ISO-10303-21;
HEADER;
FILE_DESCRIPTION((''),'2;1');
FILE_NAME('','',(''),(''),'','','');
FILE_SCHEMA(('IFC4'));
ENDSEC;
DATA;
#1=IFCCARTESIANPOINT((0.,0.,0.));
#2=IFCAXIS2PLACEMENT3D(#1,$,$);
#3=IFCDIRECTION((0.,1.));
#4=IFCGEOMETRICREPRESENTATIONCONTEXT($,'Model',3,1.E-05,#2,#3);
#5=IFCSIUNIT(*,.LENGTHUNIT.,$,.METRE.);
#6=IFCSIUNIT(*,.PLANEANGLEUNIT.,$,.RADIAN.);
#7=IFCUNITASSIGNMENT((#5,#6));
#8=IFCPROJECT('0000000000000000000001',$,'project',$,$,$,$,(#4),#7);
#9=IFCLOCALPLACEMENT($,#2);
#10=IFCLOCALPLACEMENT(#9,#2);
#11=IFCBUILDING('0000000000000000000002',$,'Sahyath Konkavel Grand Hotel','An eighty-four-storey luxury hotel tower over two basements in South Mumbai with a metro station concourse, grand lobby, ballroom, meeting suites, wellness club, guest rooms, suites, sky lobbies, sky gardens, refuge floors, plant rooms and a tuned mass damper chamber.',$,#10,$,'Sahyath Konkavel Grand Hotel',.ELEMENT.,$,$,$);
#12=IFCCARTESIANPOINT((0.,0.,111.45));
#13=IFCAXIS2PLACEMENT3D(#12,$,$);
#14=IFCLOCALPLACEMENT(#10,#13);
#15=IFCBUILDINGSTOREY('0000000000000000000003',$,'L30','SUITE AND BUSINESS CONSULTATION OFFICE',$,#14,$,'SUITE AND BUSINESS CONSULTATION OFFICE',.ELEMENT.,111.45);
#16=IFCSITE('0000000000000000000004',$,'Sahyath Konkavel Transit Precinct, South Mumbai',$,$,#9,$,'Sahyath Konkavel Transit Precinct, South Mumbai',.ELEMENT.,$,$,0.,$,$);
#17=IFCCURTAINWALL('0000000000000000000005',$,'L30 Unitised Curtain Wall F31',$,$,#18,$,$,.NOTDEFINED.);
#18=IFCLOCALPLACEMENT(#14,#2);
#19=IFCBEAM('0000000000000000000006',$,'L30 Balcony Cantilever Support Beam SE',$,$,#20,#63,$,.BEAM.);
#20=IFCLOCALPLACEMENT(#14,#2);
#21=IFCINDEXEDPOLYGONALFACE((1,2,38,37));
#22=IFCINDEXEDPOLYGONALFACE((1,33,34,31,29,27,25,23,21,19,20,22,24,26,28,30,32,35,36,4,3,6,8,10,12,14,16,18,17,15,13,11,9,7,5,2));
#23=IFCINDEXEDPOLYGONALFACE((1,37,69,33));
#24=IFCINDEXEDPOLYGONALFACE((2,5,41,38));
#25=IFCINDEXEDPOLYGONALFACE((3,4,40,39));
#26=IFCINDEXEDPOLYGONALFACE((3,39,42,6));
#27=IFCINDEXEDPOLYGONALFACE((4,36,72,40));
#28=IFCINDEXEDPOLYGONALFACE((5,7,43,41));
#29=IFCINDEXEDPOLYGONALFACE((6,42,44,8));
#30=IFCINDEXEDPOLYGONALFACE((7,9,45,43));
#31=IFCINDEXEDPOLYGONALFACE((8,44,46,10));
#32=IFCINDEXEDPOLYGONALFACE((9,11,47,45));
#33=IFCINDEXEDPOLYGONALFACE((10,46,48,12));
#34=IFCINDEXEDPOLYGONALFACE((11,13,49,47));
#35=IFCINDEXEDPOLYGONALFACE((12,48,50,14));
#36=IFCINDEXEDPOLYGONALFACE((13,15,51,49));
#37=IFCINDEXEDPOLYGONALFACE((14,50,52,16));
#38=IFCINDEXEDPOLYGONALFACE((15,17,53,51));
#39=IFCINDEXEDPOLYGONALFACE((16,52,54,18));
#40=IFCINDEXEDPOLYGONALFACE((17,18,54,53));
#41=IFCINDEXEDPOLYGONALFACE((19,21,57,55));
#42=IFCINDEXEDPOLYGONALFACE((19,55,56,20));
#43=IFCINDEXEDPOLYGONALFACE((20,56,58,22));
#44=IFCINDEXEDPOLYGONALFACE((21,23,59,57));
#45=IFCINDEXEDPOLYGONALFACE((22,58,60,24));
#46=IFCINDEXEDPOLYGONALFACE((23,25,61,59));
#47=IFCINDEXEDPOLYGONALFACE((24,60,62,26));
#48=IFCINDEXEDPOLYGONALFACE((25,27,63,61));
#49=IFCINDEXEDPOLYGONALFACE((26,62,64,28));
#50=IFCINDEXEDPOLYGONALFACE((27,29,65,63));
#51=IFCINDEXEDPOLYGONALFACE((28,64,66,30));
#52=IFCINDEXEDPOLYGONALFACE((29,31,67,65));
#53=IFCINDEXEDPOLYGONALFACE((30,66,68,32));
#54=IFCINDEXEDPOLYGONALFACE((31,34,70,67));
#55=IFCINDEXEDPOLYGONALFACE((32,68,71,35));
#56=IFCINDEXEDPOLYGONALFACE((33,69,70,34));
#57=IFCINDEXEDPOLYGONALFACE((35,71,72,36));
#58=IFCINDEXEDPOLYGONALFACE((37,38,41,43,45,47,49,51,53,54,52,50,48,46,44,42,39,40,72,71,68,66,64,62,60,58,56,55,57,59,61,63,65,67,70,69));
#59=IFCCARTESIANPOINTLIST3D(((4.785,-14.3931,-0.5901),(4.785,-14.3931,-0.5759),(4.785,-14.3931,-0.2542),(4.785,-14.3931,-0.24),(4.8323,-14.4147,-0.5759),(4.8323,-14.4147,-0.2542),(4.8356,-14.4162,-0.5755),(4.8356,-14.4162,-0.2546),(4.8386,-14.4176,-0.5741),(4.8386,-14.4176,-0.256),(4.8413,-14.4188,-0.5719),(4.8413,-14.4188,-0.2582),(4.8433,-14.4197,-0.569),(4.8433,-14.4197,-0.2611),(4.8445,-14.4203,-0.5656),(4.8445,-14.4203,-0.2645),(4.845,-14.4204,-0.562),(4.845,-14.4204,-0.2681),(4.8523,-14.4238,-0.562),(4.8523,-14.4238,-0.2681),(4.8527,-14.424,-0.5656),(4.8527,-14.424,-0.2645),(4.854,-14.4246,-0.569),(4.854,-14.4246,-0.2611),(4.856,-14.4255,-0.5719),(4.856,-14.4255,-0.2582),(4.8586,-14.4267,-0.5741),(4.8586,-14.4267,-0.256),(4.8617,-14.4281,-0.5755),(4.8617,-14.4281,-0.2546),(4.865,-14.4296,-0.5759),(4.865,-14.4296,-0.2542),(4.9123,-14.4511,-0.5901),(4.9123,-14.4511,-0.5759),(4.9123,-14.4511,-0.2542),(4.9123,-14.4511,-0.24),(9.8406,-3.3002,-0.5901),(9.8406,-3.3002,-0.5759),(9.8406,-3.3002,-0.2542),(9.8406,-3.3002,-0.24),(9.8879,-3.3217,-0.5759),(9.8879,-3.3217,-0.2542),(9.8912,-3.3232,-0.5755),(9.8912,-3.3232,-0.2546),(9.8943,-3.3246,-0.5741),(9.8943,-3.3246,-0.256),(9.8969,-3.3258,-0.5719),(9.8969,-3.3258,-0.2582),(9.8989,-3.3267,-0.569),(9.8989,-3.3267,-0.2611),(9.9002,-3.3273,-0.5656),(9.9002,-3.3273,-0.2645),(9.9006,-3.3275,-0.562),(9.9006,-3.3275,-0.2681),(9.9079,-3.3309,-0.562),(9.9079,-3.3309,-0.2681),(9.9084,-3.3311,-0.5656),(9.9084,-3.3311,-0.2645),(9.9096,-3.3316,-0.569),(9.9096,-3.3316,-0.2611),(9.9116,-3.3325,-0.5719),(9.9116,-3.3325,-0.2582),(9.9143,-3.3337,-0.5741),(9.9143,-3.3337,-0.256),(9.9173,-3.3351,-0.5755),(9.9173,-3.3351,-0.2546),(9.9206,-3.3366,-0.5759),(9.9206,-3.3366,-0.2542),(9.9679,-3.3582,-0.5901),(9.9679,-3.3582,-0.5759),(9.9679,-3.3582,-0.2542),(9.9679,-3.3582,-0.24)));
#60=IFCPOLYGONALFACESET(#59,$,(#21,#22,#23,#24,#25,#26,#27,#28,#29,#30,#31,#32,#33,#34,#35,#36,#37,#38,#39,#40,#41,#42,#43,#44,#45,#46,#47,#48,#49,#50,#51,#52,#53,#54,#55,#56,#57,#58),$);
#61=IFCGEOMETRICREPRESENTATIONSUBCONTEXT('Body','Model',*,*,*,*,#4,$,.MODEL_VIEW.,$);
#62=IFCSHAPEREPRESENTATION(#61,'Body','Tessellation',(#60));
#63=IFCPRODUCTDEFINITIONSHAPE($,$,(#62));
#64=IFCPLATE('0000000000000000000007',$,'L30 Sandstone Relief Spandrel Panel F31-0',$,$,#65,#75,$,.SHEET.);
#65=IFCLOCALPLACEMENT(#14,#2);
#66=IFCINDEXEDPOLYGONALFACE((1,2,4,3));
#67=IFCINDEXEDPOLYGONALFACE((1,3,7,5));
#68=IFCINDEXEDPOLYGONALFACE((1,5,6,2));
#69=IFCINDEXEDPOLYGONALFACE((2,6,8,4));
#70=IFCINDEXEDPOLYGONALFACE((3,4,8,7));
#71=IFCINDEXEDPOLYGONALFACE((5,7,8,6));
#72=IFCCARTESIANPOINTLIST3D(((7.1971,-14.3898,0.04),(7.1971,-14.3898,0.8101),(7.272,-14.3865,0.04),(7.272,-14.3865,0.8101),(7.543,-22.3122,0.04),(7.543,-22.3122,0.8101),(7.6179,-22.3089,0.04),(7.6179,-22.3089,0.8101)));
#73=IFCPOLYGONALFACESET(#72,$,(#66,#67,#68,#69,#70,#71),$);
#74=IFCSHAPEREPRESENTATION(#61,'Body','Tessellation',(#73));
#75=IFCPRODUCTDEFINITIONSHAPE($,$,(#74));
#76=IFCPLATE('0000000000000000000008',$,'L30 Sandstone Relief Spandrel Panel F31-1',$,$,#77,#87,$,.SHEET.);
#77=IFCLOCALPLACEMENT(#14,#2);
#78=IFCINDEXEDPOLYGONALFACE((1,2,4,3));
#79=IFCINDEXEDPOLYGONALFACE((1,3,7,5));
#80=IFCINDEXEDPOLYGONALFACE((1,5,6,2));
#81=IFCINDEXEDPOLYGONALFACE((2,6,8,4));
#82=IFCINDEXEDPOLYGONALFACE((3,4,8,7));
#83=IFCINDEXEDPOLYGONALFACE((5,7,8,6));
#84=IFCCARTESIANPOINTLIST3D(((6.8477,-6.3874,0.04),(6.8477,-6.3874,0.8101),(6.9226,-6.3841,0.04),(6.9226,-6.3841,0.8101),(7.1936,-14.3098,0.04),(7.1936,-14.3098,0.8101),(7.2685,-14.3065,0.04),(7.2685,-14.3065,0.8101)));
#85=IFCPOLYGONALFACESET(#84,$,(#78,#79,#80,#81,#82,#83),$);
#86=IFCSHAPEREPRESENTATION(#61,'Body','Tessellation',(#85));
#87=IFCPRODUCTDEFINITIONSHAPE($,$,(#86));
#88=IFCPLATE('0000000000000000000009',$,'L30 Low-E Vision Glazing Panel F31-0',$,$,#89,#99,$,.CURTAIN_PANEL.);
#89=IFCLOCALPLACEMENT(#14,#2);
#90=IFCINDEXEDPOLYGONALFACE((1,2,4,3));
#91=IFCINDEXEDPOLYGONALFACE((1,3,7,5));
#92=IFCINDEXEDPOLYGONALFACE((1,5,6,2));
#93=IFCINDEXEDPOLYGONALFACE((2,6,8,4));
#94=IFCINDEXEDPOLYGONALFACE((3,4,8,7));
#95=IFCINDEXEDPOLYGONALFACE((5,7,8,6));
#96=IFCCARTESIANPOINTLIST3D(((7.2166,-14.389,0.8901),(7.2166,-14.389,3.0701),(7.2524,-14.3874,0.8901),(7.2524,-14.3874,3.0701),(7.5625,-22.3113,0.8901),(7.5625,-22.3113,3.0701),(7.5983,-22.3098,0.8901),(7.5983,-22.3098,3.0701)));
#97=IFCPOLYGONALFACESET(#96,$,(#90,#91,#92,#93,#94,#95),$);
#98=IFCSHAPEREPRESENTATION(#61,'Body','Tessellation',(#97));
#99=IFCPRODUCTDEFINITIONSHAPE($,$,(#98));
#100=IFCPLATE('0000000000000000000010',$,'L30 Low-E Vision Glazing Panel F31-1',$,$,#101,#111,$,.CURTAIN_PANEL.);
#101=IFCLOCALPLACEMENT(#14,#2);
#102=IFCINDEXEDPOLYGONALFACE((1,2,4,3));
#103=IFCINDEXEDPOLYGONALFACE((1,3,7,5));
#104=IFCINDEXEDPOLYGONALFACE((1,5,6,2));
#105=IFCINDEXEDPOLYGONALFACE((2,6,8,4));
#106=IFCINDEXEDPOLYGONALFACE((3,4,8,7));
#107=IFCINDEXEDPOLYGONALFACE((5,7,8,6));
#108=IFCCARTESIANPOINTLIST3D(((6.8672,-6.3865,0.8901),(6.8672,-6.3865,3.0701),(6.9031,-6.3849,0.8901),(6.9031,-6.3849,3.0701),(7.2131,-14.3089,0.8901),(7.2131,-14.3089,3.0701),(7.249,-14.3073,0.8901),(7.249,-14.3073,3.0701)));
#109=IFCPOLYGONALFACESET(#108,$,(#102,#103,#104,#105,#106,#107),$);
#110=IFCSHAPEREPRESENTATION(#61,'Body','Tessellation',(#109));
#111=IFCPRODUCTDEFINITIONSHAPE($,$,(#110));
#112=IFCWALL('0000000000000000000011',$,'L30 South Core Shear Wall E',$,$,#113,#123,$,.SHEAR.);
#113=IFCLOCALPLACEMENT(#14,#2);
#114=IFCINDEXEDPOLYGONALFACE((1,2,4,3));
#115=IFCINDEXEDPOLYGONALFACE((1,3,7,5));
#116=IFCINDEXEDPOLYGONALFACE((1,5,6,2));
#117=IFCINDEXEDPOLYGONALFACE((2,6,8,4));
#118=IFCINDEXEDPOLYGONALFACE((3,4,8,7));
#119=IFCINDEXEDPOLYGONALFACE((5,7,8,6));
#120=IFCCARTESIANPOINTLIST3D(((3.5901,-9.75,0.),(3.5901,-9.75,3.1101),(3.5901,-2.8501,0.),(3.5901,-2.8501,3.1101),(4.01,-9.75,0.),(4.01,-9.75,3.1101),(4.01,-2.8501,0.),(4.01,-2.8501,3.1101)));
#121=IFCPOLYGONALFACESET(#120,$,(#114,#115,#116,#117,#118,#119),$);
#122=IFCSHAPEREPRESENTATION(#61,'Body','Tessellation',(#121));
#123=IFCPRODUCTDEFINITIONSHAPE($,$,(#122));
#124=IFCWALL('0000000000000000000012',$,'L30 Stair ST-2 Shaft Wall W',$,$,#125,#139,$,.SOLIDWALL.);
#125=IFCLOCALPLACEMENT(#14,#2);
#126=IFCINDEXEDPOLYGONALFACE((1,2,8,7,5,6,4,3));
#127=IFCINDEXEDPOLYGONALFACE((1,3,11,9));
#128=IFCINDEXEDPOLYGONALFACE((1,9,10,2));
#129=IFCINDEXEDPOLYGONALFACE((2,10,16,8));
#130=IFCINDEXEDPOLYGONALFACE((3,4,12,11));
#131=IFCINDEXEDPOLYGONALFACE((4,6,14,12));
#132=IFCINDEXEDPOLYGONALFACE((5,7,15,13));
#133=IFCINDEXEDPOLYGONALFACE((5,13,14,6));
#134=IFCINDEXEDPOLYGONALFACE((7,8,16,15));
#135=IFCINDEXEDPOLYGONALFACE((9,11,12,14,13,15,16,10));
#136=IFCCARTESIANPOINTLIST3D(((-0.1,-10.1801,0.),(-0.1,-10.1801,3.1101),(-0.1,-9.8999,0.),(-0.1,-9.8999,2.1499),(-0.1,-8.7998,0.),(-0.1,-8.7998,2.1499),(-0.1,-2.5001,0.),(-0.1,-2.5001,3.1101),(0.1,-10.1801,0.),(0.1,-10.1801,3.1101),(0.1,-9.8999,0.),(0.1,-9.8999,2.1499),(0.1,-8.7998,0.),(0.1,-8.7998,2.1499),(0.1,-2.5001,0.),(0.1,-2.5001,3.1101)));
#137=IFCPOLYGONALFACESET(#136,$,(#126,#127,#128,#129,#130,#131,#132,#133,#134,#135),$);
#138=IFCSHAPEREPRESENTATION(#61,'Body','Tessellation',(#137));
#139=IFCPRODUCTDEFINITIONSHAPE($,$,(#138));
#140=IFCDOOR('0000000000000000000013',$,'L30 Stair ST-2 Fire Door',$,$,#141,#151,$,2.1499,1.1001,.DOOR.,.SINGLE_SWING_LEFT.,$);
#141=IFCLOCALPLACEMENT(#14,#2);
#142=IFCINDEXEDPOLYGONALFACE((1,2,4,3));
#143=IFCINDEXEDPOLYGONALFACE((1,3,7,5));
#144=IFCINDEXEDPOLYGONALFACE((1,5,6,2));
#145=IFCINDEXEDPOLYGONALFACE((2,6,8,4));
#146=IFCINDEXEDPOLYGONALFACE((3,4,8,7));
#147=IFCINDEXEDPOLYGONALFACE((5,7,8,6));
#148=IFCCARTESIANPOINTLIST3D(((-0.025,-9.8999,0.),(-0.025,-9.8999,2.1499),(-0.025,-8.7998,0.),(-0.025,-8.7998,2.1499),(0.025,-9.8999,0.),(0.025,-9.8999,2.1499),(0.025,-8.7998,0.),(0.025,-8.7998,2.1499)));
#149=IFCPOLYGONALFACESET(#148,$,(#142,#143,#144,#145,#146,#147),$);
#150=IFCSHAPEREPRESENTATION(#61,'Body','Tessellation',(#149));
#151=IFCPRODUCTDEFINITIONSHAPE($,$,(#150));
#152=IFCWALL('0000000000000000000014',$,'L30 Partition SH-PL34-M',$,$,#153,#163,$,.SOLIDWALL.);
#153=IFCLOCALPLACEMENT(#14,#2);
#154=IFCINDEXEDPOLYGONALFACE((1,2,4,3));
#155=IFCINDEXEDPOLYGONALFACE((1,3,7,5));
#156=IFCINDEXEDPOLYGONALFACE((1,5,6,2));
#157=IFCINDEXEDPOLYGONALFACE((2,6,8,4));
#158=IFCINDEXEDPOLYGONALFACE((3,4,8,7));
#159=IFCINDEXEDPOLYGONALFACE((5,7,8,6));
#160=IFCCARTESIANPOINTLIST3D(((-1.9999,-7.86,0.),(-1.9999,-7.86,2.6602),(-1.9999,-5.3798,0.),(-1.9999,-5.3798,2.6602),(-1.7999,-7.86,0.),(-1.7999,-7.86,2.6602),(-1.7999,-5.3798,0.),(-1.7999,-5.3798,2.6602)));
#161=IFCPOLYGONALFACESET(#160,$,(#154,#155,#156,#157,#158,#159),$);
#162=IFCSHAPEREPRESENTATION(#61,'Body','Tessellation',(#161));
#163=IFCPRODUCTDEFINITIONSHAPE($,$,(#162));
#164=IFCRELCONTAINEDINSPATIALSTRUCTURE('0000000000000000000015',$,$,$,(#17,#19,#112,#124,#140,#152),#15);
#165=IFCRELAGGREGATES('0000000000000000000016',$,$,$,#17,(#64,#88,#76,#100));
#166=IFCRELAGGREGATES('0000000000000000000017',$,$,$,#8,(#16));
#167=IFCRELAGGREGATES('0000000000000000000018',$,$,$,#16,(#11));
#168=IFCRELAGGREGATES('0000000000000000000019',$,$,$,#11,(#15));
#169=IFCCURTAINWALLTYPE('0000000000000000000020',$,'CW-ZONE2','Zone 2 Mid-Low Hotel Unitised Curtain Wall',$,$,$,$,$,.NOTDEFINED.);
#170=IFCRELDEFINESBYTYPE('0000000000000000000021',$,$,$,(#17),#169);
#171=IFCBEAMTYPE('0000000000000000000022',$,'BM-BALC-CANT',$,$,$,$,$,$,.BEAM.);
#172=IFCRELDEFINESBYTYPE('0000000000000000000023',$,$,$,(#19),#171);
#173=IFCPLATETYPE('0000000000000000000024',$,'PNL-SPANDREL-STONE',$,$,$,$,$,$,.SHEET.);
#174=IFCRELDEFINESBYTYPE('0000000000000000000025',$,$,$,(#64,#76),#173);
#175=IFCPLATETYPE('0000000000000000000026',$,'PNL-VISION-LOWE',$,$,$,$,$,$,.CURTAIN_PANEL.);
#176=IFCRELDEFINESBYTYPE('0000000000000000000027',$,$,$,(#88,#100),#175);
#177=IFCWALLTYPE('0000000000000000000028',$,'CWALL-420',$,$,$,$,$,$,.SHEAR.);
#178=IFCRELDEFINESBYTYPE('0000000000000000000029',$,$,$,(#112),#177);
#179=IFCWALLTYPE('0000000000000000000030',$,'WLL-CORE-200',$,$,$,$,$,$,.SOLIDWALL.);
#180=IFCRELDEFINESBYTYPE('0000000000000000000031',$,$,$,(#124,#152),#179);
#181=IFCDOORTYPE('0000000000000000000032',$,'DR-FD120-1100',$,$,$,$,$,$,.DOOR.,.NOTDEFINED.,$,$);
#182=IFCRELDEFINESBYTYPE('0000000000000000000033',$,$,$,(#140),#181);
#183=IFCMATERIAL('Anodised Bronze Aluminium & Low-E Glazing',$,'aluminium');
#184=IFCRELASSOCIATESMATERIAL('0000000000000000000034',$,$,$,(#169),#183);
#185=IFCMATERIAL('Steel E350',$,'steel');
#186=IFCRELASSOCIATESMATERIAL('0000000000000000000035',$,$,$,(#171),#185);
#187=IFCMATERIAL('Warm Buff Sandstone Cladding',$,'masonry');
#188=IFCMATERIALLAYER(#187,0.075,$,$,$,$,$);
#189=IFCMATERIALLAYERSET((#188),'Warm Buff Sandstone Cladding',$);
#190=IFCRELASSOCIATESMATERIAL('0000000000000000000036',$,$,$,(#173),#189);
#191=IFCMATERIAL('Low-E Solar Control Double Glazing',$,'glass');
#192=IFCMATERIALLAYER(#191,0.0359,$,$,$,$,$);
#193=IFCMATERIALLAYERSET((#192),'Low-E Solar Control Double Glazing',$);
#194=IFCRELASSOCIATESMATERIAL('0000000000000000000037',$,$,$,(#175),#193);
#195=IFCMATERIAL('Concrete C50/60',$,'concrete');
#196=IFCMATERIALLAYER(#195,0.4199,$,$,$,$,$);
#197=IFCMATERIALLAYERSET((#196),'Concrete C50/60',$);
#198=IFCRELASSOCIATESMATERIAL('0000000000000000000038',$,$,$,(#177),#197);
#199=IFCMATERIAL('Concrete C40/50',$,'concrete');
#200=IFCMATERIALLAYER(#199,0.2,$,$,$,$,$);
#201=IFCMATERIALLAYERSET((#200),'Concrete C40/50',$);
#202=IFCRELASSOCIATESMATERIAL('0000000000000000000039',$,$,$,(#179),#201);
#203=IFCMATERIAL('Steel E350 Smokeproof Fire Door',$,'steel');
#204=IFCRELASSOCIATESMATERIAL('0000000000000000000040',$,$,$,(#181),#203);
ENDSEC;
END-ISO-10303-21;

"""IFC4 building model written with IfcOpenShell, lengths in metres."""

from ifc_helpers import new_model, si_unit, direction, frame, frame_2d, origin, origin_2d, place, context, subcontext, project, spatial, rectangle, i_section, extrude, source, transform, mapped, material, layer, layer_set, material_profile, profile_set, type_object, element, fill, aggregate, save


model = new_model("IFC4")

# Units and contexts
model_context = context("Model", 3, precision=1e-05, world=origin(), true_north=direction((0.0, 1.0)))
body_context = subcontext(model_context, "Body", "Model", "MODEL_VIEW")
ifc_project = project(units=[si_unit("LENGTHUNIT", "METRE"), si_unit("PLANEANGLEUNIT", "RADIAN")], contexts=[model_context])

# Site, building, storey
site_placement = place(None, origin())
site = spatial("IfcSite", under=ifc_project, at=site_placement, Name="Sahyath Konkavel Transit Precinct, South Mumbai", LongName="Sahyath Konkavel Transit Precinct, South Mumbai", CompositionType="ELEMENT", RefElevation=0.0)
building_placement = place(site_placement, origin())
building = spatial("IfcBuilding", under=site, at=building_placement, Name="Sahyath Konkavel Grand Hotel", Description="An eighty-four-storey luxury hotel tower over two basements in South Mumbai with a metro station concourse, grand lobby, ballroom, meeting suites, wellness club, guest rooms, suites, sky lobbies, sky gardens, refuge floors, plant rooms and a tuned mass damper chamber.", LongName="Sahyath Konkavel Grand Hotel", CompositionType="ELEMENT")
storey_placement = place(building_placement, frame((0.0, 0.0, 111.45)))
storey = spatial("IfcBuildingStorey", under=building, at=storey_placement, Name="L30", Description="SUITE AND BUSINESS CONSULTATION OFFICE", LongName="SUITE AND BUSINESS CONSULTATION OFFICE", CompositionType="ELEMENT", Elevation=111.45)

# Shared definitions
ifc_material_1 = material(Name="Steel E350", Category="steel")

# Curtain wall
ifc_material_2 = material(Name="Anodised Bronze Aluminium & Low-E Glazing", Category="aluminium")
curtain_wall_type = type_object("IfcCurtainWallType", Name="CW-ZONE2", Description="Zone 2 Mid-Low Hotel Unitised Curtain Wall", PredefinedType="NOTDEFINED", material=ifc_material_2)
curtain_wall_placement = place(storey_placement, origin())
curtain_wall = element("IfcCurtainWall", 1, at=curtain_wall_placement, inside=storey, type_object=curtain_wall_type, Name="L30 Unitised Curtain Wall F31", PredefinedType="NOTDEFINED")

# Beam
ifc_material_profile_1 = material_profile(ifc_material_1, i_section(OverallWidth=0.1399, OverallDepth=0.3501, WebThickness=0.0081, FlangeThickness=0.0142, FilletRadius=0.0139, at=origin_2d()), Name="ISMB 350")
ifc_profile_set_1 = profile_set([ifc_material_profile_1], Name="Steel E350")
beam_type_1 = type_object("IfcBeamType", Name="BM-BALC-CANT", PredefinedType="BEAM", material=ifc_profile_set_1)
shared_shape_1 = source(origin(), body_context, "Body", "SweptSolid", [
    extrude(i_section(OverallWidth=0.1399, OverallDepth=0.3501, WebThickness=0.0081, FlangeThickness=0.0142, FilletRadius=0.0139, at=origin_2d()), origin(), (0.0, 0.0, 1.0), 12.1907),
])
beam_1_placement = place(storey_placement, frame((4.8486, -14.4221, -0.415), z_axis=(0.414713, 0.909952, 0.0), x_axis=(-0.909952, 0.414713, 0.0)))
element("IfcBeam", 2, at=beam_1_placement, inside=storey, type_object=beam_type_1, Name="L30 Balcony Cantilever Support Beam SE", PredefinedType="BEAM", context=body_context, shape_type="MappedRepresentation", body=[
    mapped(shared_shape_1, transform((0.0, 0.0, 0.0), scale=1.0)),
])

# Plates
ifc_material_3 = material(Name="Warm Buff Sandstone Cladding", Category="masonry")
ifc_layer_1 = layer(ifc_material_3, 0.075)
ifc_layer_set_1 = layer_set([ifc_layer_1], Name="Warm Buff Sandstone Cladding")
plate_type_1 = type_object("IfcPlateType", Name="PNL-SPANDREL-STONE", PredefinedType="SHEET", material=ifc_layer_set_1)
shared_shape_2 = source(origin(), body_context, "Body", "SweptSolid", [
    extrude(rectangle(XDim=7.9299, YDim=0.075, at=origin_2d()), origin(), (0.0, 0.0, 1.0), 0.77),
])
plate_1_placement = place(storey_placement, frame((7.4075, -18.3494, 0.04), z_axis=(0.0, 0.0, 1.0), x_axis=(-0.043619, 0.999048, 0.0)))
plate_1 = element("IfcPlate", 3, at=plate_1_placement, type_object=plate_type_1, Name="L30 Sandstone Relief Spandrel Panel F31-0", PredefinedType="SHEET", context=body_context, shape_type="MappedRepresentation", body=[
    mapped(shared_shape_2, transform((0.0, 0.0, 0.0), scale=1.0)),
])
plate_2_placement = place(storey_placement, frame((7.0581, -10.3469, 0.04), z_axis=(0.0, 0.0, 1.0), x_axis=(-0.043619, 0.999048, 0.0)))
plate_2 = element("IfcPlate", 4, at=plate_2_placement, type_object=plate_type_1, Name="L30 Sandstone Relief Spandrel Panel F31-1", PredefinedType="SHEET", context=body_context, shape_type="MappedRepresentation", body=[
    mapped(shared_shape_2, transform((0.0, 0.0, 0.0), scale=1.0)),
])
ifc_material_4 = material(Name="Low-E Solar Control Double Glazing", Category="glass")
ifc_layer_2 = layer(ifc_material_4, 0.0359)
ifc_layer_set_2 = layer_set([ifc_layer_2], Name="Low-E Solar Control Double Glazing")
plate_type_2 = type_object("IfcPlateType", Name="PNL-VISION-LOWE", PredefinedType="CURTAIN_PANEL", material=ifc_layer_set_2)
shared_shape_3 = source(origin(), body_context, "Body", "SweptSolid", [
    extrude(rectangle(XDim=7.9299, YDim=0.0359, at=origin_2d()), origin(), (0.0, 0.0, 1.0), 2.1799),
])
plate_3_placement = place(storey_placement, frame((7.4075, -18.3494, 0.8901), z_axis=(0.0, 0.0, 1.0), x_axis=(-0.043619, 0.999048, 0.0)))
plate_3 = element("IfcPlate", 5, at=plate_3_placement, type_object=plate_type_2, Name="L30 Low-E Vision Glazing Panel F31-0", PredefinedType="CURTAIN_PANEL", context=body_context, shape_type="MappedRepresentation", body=[
    mapped(shared_shape_3, transform((0.0, 0.0, 0.0), scale=1.0)),
])
plate_4_placement = place(storey_placement, frame((7.0581, -10.3469, 0.8901), z_axis=(0.0, 0.0, 1.0), x_axis=(-0.043619, 0.999048, 0.0)))
plate_4 = element("IfcPlate", 6, at=plate_4_placement, type_object=plate_type_2, Name="L30 Low-E Vision Glazing Panel F31-1", PredefinedType="CURTAIN_PANEL", context=body_context, shape_type="MappedRepresentation", body=[
    mapped(shared_shape_3, transform((0.0, 0.0, 0.0), scale=1.0)),
])
aggregate(curtain_wall, [plate_1, plate_3, plate_2, plate_4])

# Wall
ifc_material_5 = material(Name="Concrete C50/60", Category="concrete")
ifc_layer_3 = layer(ifc_material_5, 0.4199)
ifc_layer_set_3 = layer_set([ifc_layer_3], Name="Concrete C50/60")
wall_type_1 = type_object("IfcWallType", Name="CWALL-420", PredefinedType="SHEAR", material=ifc_layer_set_3)
wall_1_placement = place(storey_placement, frame((3.8, -9.75, 0.0), z_axis=(0.0, 0.0, 1.0), x_axis=(0.0, 1.0, 0.0)))
element("IfcWall", 7, at=wall_1_placement, inside=storey, type_object=wall_type_1, Name="L30 South Core Shear Wall E", PredefinedType="SHEAR", context=body_context, shape_type="SweptSolid", body=[
    extrude(rectangle(XDim=6.8999, YDim=0.4199, at=frame_2d((3.45, 0.0))), origin(), (0.0, 0.0, 1.0), 3.1101),
])

# Wall, opening, door
ifc_material_6 = material(Name="Concrete C40/50", Category="concrete")
ifc_layer_4 = layer(ifc_material_6, 0.2)
ifc_layer_set_4 = layer_set([ifc_layer_4], Name="Concrete C40/50")
wall_type_2 = type_object("IfcWallType", Name="WLL-CORE-200", PredefinedType="SOLIDWALL", material=ifc_layer_set_4)
wall_2_placement = place(storey_placement, frame((0.0, -10.1799, 0.0), z_axis=(0.0, 0.0, 1.0), x_axis=(0.0, 1.0, 0.0)))
wall_2 = element("IfcWall", 8, at=wall_2_placement, inside=storey, type_object=wall_type_2, Name="L30 Stair ST-2 Shaft Wall W", PredefinedType="SOLIDWALL", context=body_context, shape_type="SweptSolid", body=[
    extrude(rectangle(XDim=7.6799, YDim=0.2, at=frame_2d((3.8398, 0.0))), origin(), (0.0, 0.0, 1.0), 3.1101),
])
opening_1_placement = place(wall_2_placement, frame((0.28, 0.0, 0.0)))
opening_1 = element("IfcOpeningElement", 9, at=opening_1_placement, cuts=wall_2, PredefinedType="OPENING", context=body_context, shape_type="SweptSolid", body=[
    extrude(rectangle(XDim=1.1001, YDim=2.1499, at=frame_2d((0.55, 1.075))), frame((0.0, 0.1099, 0.0), z_axis=(0.0, -1.0, 0.0), x_axis=(1.0, 0.0, 0.0)), (0.0, 0.0, 1.0), 0.22),
])
ifc_material_7 = material(Name="Steel E350 Smokeproof Fire Door", Category="steel")
door_type_1 = type_object("IfcDoorType", Name="DR-FD120-1100", OperationType="NOTDEFINED", PredefinedType="DOOR", material=ifc_material_7)
shared_shape_4 = source(origin(), body_context, "Body", "SweptSolid", [
    extrude(rectangle(XDim=1.1001, YDim=0.05, at=origin_2d()), origin(), (0.0, 0.0, 1.0), 2.1499),
])
door_1_placement = place(opening_1_placement, frame((0.55, 0.0, 0.0)))
door_1 = element("IfcDoor", 10, at=door_1_placement, inside=storey, type_object=door_type_1, Name="L30 Stair ST-2 Fire Door", OperationType="SINGLE_SWING_LEFT", OverallHeight=2.1499, OverallWidth=1.1001, PredefinedType="DOOR", context=body_context, shape_type="MappedRepresentation", body=[
    mapped(shared_shape_4, transform((0.0, 0.0, 0.0), scale=1.0)),
])
fill(opening_1, door_1)

# Wall
wall_3_placement = place(storey_placement, frame((-1.8999, -7.8601, 0.0), z_axis=(0.0, 0.0, 1.0), x_axis=(0.0, 1.0, 0.0)))
element("IfcWall", 11, at=wall_3_placement, inside=storey, type_object=wall_type_2, Name="L30 Partition SH-PL34-M", PredefinedType="SOLIDWALL", context=body_context, shape_type="SweptSolid", body=[
    extrude(rectangle(XDim=2.4802, YDim=0.2, at=frame_2d((1.2402, 0.0))), origin(), (0.0, 0.0, 1.0), 2.6602),
])

save(model, "model.ifc")
